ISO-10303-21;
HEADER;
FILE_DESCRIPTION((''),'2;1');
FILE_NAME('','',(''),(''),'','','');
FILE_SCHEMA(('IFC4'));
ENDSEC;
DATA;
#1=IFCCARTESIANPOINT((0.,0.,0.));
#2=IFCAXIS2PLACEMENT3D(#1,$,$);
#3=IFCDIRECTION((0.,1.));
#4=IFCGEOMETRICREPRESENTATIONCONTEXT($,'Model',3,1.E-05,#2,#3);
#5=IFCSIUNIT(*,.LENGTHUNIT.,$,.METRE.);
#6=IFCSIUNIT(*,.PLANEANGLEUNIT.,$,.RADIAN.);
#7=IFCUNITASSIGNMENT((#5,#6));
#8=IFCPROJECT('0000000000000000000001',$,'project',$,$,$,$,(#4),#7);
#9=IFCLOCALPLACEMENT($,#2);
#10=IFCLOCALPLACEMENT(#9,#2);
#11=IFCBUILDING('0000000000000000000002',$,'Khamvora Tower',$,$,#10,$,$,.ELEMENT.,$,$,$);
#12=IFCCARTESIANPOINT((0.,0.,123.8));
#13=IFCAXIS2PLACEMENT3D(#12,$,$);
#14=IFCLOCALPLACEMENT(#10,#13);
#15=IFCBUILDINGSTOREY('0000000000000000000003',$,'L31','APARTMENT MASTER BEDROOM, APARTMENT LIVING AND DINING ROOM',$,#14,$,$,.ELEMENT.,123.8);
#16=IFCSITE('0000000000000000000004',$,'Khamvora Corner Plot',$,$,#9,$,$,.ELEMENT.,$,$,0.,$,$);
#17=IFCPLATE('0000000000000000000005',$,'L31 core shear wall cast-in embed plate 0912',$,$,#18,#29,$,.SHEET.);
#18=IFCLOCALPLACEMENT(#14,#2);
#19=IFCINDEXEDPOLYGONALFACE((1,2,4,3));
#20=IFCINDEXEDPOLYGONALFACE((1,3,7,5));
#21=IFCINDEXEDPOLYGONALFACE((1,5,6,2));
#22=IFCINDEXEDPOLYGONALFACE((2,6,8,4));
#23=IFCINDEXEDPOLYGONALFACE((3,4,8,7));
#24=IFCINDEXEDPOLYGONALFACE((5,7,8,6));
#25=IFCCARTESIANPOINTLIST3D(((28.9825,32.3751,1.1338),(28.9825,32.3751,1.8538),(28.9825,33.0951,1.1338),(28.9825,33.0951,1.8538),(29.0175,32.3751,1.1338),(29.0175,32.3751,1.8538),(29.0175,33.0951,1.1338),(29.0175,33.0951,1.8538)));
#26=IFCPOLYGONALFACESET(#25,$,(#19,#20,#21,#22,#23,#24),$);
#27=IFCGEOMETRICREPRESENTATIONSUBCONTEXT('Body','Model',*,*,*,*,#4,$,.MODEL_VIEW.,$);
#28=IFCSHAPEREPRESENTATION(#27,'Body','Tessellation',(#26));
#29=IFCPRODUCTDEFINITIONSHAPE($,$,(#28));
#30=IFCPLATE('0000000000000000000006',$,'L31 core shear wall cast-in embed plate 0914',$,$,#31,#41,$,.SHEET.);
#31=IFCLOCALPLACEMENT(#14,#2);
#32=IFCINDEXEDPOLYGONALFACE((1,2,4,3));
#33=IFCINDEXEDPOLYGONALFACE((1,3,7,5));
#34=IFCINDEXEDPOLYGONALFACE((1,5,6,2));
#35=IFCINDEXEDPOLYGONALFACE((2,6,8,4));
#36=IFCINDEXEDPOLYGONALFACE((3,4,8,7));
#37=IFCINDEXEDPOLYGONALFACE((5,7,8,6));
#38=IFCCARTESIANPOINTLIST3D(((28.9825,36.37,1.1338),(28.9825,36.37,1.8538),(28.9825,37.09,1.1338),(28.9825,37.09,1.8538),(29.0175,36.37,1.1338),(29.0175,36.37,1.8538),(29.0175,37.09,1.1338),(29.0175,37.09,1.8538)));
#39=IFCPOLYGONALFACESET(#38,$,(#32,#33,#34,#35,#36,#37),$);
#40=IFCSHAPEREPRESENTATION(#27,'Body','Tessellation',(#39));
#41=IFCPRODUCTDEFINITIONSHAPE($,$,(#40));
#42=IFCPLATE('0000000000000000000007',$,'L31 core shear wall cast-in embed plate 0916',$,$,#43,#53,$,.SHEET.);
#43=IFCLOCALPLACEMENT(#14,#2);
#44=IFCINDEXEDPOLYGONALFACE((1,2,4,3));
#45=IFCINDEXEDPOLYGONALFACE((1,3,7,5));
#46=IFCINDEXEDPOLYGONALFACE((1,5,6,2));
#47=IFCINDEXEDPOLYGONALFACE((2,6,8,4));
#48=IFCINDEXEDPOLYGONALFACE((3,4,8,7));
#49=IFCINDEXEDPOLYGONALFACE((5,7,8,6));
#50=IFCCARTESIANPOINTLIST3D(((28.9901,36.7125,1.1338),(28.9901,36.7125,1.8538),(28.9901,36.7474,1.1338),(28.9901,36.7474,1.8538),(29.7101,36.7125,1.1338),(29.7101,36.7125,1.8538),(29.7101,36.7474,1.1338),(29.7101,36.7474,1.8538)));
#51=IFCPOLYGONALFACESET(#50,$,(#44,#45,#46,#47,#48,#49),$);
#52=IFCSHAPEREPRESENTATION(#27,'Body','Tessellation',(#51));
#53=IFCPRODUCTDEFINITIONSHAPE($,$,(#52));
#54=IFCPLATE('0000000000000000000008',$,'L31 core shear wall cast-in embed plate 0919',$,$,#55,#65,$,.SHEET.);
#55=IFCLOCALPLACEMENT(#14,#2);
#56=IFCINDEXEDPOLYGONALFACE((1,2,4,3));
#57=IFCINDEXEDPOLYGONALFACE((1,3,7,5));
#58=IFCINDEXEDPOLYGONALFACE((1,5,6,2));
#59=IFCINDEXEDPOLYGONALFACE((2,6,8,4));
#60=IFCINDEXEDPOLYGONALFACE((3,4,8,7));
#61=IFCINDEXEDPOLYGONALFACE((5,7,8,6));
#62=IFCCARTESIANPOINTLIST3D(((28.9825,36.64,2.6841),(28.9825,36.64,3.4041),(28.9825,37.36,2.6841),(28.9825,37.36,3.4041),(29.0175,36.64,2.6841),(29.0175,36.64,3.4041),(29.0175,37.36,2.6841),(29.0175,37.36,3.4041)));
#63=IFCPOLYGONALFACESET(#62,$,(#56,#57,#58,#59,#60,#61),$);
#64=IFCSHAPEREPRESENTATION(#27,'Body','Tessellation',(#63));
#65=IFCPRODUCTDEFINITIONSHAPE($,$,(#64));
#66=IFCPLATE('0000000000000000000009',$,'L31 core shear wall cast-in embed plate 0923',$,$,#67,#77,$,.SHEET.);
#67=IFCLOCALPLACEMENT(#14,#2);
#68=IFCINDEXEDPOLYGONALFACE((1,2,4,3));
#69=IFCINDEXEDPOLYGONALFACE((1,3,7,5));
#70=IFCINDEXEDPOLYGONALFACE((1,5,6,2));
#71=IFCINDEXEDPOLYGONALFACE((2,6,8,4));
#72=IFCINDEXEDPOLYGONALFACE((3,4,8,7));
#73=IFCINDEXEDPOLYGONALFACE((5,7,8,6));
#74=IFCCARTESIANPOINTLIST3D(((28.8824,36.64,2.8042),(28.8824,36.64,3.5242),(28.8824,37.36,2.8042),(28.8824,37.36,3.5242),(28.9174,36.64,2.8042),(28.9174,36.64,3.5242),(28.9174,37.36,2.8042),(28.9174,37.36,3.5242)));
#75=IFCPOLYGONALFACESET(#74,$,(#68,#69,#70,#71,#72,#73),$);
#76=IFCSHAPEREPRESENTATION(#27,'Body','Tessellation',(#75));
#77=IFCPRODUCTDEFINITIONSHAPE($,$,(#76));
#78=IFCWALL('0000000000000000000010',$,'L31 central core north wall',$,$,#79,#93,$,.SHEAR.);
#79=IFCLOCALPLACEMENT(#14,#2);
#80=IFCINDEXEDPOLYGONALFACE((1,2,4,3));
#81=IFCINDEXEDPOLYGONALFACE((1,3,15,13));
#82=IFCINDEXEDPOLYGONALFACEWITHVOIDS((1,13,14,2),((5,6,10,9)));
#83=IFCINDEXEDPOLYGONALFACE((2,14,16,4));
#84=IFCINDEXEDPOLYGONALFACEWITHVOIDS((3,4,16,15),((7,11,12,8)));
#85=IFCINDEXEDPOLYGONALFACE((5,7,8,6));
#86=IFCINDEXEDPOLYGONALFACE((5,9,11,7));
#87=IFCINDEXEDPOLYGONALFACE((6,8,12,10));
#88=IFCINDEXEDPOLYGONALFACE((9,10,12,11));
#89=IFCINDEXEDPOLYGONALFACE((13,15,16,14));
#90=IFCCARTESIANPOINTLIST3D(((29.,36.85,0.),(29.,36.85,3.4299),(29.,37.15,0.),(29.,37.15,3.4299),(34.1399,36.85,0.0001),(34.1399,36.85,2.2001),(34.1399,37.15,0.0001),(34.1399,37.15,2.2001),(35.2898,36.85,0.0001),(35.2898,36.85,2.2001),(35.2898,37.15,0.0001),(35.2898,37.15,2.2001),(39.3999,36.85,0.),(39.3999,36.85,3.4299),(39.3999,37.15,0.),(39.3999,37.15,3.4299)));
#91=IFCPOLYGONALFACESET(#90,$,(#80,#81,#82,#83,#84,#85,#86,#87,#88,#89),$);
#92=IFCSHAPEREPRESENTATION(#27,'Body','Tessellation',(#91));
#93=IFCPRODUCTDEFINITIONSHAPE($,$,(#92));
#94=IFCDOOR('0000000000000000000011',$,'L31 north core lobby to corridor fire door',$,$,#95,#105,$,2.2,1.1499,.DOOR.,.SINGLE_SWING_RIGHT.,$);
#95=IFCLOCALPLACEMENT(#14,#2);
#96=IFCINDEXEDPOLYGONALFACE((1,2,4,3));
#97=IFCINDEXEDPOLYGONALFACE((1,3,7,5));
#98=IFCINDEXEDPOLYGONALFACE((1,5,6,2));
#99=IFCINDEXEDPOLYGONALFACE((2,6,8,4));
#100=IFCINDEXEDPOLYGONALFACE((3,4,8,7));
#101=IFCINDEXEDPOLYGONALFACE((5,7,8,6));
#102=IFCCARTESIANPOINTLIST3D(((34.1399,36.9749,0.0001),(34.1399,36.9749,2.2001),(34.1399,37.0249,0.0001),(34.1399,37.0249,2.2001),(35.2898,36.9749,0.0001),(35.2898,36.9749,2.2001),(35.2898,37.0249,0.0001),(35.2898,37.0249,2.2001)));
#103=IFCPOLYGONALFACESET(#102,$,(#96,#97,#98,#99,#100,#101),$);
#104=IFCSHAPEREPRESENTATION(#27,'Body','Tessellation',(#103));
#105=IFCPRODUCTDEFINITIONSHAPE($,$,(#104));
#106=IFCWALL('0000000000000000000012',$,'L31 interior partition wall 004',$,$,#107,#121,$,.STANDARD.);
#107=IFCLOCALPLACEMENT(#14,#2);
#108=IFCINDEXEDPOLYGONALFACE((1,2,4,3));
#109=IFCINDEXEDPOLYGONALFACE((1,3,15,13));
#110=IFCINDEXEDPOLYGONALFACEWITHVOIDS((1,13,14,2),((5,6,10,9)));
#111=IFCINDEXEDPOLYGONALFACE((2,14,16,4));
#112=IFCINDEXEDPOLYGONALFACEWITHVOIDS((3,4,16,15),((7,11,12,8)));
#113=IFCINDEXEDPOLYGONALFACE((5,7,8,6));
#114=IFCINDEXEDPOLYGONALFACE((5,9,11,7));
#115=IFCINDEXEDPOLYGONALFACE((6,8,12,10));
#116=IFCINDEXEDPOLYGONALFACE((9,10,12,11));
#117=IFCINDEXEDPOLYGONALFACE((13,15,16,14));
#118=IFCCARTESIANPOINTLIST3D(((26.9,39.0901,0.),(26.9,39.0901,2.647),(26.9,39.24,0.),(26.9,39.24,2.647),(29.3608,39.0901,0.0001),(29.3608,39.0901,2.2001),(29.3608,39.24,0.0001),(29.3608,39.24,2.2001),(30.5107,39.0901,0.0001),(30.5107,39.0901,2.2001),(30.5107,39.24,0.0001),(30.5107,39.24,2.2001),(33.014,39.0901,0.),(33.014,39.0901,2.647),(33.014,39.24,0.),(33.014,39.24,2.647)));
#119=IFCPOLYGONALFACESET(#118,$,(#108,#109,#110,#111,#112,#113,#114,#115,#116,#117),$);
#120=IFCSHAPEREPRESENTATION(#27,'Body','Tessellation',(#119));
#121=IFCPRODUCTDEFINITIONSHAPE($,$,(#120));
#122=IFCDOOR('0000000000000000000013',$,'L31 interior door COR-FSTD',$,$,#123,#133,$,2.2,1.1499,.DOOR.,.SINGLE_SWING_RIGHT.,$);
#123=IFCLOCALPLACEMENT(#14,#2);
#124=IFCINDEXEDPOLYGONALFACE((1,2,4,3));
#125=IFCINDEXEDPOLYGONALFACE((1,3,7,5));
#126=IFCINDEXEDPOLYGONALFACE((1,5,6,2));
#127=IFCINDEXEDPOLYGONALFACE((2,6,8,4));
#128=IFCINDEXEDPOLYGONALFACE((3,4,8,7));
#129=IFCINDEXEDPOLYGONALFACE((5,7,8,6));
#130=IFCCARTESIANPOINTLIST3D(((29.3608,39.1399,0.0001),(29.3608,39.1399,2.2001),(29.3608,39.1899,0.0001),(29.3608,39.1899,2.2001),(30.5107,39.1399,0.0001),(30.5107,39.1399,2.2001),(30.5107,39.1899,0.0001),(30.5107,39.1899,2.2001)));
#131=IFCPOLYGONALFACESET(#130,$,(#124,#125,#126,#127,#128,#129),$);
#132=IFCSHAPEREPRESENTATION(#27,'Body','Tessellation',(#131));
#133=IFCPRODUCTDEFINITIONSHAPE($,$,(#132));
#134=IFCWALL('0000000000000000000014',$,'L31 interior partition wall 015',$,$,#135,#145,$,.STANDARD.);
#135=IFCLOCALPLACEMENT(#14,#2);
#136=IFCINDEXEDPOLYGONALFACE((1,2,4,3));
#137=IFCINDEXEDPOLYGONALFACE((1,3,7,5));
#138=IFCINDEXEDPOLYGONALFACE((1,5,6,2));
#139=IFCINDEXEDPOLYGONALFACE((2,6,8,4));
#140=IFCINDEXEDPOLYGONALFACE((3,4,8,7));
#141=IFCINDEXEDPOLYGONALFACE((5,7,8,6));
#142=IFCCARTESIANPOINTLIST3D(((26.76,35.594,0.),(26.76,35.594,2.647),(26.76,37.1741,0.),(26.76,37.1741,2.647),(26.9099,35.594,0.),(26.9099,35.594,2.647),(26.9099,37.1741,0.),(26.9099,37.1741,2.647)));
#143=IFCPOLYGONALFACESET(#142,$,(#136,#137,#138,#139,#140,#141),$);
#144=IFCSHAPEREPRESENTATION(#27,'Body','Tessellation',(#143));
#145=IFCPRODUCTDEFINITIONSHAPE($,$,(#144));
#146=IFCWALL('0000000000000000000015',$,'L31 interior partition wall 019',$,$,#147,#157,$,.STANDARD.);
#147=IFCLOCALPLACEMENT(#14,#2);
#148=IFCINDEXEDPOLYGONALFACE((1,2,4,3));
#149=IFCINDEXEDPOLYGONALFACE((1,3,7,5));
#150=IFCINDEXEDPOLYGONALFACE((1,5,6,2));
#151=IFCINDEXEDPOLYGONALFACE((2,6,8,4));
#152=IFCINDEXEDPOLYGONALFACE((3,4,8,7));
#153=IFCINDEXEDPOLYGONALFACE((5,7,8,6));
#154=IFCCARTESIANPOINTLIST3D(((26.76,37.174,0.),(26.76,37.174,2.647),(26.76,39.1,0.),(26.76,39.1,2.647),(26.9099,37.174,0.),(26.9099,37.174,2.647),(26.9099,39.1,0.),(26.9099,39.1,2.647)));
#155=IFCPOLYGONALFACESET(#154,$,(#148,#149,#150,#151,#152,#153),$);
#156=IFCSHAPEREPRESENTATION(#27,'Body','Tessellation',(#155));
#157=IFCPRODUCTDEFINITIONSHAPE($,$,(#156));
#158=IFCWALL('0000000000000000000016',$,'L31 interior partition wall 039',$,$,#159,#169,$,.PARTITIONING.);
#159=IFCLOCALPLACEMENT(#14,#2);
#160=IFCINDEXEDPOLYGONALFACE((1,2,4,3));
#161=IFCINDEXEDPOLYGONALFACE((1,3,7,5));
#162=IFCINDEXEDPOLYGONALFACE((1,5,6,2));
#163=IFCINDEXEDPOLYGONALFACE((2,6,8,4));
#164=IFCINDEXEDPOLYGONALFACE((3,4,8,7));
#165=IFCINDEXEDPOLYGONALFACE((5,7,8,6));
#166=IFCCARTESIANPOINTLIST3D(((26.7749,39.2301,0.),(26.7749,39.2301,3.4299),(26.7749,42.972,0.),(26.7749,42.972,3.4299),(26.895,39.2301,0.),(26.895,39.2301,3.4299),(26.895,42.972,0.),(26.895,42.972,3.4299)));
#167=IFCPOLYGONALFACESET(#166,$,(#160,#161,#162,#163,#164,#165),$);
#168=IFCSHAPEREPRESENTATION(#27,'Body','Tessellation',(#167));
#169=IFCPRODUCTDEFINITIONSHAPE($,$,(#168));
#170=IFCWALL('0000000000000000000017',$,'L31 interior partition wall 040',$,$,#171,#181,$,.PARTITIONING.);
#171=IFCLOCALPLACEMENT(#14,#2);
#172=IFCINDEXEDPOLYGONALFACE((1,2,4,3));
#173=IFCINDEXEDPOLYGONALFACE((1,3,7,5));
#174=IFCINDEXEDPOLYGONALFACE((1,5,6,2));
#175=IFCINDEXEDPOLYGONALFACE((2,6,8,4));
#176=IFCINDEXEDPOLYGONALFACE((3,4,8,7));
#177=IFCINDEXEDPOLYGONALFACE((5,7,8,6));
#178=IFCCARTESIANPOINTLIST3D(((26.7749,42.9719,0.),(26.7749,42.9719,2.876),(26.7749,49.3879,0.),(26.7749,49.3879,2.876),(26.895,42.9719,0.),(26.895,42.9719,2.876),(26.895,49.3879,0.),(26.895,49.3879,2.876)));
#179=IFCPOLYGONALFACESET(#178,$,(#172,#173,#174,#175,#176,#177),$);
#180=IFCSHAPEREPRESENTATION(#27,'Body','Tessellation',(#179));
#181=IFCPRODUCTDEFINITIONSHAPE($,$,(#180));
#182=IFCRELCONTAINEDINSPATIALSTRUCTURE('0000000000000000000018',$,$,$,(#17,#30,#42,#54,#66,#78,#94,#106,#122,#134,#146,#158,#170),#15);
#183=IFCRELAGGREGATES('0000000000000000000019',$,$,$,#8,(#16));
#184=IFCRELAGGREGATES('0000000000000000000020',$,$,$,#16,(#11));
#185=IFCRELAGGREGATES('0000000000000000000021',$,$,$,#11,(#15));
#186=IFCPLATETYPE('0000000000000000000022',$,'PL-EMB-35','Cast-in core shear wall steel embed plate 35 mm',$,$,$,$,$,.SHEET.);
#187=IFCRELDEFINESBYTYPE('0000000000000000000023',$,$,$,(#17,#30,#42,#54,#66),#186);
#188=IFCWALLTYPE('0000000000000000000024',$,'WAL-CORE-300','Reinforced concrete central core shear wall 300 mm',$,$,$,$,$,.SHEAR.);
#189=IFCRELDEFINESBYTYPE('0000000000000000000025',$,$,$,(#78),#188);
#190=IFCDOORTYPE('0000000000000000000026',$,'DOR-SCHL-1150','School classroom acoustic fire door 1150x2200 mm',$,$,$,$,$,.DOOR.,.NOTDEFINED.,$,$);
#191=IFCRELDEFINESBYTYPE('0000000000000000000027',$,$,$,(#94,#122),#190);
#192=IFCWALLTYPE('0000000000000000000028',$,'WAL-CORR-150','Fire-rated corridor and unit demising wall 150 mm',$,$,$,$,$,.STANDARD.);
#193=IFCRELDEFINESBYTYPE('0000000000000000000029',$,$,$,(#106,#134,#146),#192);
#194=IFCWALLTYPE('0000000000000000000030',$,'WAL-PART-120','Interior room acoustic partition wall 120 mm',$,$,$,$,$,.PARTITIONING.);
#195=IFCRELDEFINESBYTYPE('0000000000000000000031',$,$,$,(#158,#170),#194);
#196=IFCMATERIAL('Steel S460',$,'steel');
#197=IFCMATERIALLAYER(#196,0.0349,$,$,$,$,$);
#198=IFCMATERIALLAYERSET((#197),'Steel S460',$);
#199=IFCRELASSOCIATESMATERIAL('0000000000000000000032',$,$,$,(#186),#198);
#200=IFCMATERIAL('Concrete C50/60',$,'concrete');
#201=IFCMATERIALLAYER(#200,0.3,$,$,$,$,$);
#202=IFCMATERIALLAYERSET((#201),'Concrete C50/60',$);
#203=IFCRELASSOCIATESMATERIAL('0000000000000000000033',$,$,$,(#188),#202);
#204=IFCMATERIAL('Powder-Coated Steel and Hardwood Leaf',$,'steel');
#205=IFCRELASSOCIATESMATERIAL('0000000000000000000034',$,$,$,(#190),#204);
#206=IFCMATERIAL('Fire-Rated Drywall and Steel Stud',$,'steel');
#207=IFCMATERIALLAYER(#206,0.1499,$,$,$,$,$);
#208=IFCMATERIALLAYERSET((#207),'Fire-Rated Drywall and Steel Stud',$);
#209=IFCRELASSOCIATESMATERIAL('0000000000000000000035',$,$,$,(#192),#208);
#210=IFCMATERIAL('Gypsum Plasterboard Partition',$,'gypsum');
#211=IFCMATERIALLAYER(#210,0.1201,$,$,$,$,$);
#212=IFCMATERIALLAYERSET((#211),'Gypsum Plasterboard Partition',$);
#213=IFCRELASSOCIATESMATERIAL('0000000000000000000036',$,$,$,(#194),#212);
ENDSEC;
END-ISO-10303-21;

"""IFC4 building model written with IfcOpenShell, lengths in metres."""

from ifc_helpers import new_model, si_unit, direction, frame, frame_2d, origin, origin_2d, place, context, subcontext, project, spatial, rectangle, extrude, material, layer, layer_set, type_object, element, fill, save


model = new_model("IFC4")

# Units and contexts
model_context = context("Model", 3, precision=1e-05, world=origin(), true_north=direction((0.0, 1.0)))
body_context = subcontext(model_context, "Body", "Model", "MODEL_VIEW")
ifc_project = project(units=[si_unit("LENGTHUNIT", "METRE"), si_unit("PLANEANGLEUNIT", "RADIAN")], contexts=[model_context])

# Site, building, storey
site_placement = place(None, origin())
site = spatial("IfcSite", under=ifc_project, at=site_placement, Name="Khamvora Corner Plot", CompositionType="ELEMENT", RefElevation=0.0)
building_placement = place(site_placement, origin())
building = spatial("IfcBuilding", under=site, at=building_placement, Name="Khamvora Tower", CompositionType="ELEMENT")
storey_placement = place(building_placement, frame((0.0, 0.0, 123.8)))
storey = spatial("IfcBuildingStorey", under=building, at=storey_placement, Name="L31", Description="APARTMENT MASTER BEDROOM, APARTMENT LIVING AND DINING ROOM", CompositionType="ELEMENT", Elevation=123.8)

# Shared definitions
ifc_material_1 = material(Name="Steel S460", Category="steel")

# Plates
ifc_layer_1 = layer(ifc_material_1, 0.0349)
ifc_layer_set_1 = layer_set([ifc_layer_1], Name="Steel S460")
plate_type = type_object("IfcPlateType", Name="PL-EMB-35", Description="Cast-in core shear wall steel embed plate 35 mm", PredefinedType="SHEET", material=ifc_layer_set_1)
for number, where, z_axis, x_axis, name in (
    (1, (29.0, 32.7351, 1.1338), (0.0, 0.0, 1.0), (1.0, 0.0, 0.0), "L31 core shear wall cast-in embed plate 0912"),
    (2, (29.0, 36.73, 1.1338), (0.0, 0.0, 1.0), (1.0, 0.0, 0.0), "L31 core shear wall cast-in embed plate 0914"),
):
    element("IfcPlate", number, at=place(storey_placement, frame(where, z_axis=z_axis, x_axis=x_axis)), inside=storey, type_object=plate_type, Name=name, PredefinedType="SHEET", context=body_context, shape_type="SweptSolid", body=[
        extrude(rectangle(XDim=0.0349, YDim=0.72, at=origin_2d()), origin(), (0.0, 0.0, 1.0), 0.72),
    ])
plate_placement = place(storey_placement, frame((29.3501, 36.73, 1.1338), z_axis=(0.0, 0.0, 1.0), x_axis=(1.0, 0.0, 0.0)))
element("IfcPlate", 3, at=plate_placement, inside=storey, type_object=plate_type, Name="L31 core shear wall cast-in embed plate 0916", PredefinedType="SHEET", context=body_context, shape_type="SweptSolid", body=[
    extrude(rectangle(XDim=0.72, YDim=0.0349, at=origin_2d()), origin(), (0.0, 0.0, 1.0), 0.72),
])
for number, where, z_axis, x_axis, name in (
    (4, (29.0, 37.0, 2.6841), (0.0, 0.0, 1.0), (1.0, 0.0, 0.0), "L31 core shear wall cast-in embed plate 0919"),
    (5, (28.8999, 37.0, 2.8042), (0.0, 0.0, 1.0), (1.0, 0.0, 0.0), "L31 core shear wall cast-in embed plate 0923"),
):
    element("IfcPlate", number, at=place(storey_placement, frame(where, z_axis=z_axis, x_axis=x_axis)), inside=storey, type_object=plate_type, Name=name, PredefinedType="SHEET", context=body_context, shape_type="SweptSolid", body=[
        extrude(rectangle(XDim=0.0349, YDim=0.72, at=origin_2d()), origin(), (0.0, 0.0, 1.0), 0.72),
    ])

# Walls, openings, doors
ifc_material_2 = material(Name="Concrete C50/60", Category="concrete")
ifc_layer_2 = layer(ifc_material_2, 0.3)
ifc_layer_set_2 = layer_set([ifc_layer_2], Name="Concrete C50/60")
wall_type_1 = type_object("IfcWallType", Name="WAL-CORE-300", Description="Reinforced concrete central core shear wall 300 mm", PredefinedType="SHEAR", material=ifc_layer_set_2)
wall_1_placement = place(storey_placement, frame((29.0, 37.0, 0.0), z_axis=(0.0, 0.0, 1.0), x_axis=(1.0, 0.0, 0.0)))
wall_1 = element("IfcWall", 6, at=wall_1_placement, inside=storey, type_object=wall_type_1, Name="L31 central core north wall", PredefinedType="SHEAR", context=body_context, shape_type="SweptSolid", body=[
    extrude(rectangle(XDim=10.3999, YDim=0.3, at=frame_2d((5.2, 0.0))), origin(), (0.0, 0.0, 1.0), 3.4299),
])
opening_1_placement = place(wall_1_placement, frame((5.1399, 0.0, 0.0)))
opening_1 = element("IfcOpeningElement", 7, at=opening_1_placement, cuts=wall_1, PredefinedType="OPENING", context=body_context, shape_type="SweptSolid", body=[
    extrude(rectangle(XDim=1.1499, YDim=2.2, at=frame_2d((0.575, 1.1001))), frame((0.0, 0.1599, 0.0), z_axis=(0.0, -1.0, 0.0), x_axis=(1.0, 0.0, 0.0)), (0.0, 0.0, 1.0), 0.3201),
])
ifc_material_3 = material(Name="Powder-Coated Steel and Hardwood Leaf", Category="steel")
door_type = type_object("IfcDoorType", Name="DOR-SCHL-1150", Description="School classroom acoustic fire door 1150x2200 mm", OperationType="NOTDEFINED", PredefinedType="DOOR", material=ifc_material_3)
door_1_placement = place(opening_1_placement, origin())
door_1 = element("IfcDoor", 8, at=door_1_placement, inside=storey, type_object=door_type, Name="L31 north core lobby to corridor fire door", OperationType="SINGLE_SWING_RIGHT", OverallHeight=2.2, OverallWidth=1.1499, PredefinedType="DOOR", context=body_context, shape_type="SweptSolid", body=[
    extrude(rectangle(XDim=1.1499, YDim=2.2, at=frame_2d((0.575, 1.1001))), frame((0.0, 0.0249, 0.0), z_axis=(0.0, -1.0, 0.0), x_axis=(1.0, 0.0, 0.0)), (0.0, 0.0, 1.0), 0.05),
])
fill(opening_1, door_1)
ifc_material_4 = material(Name="Fire-Rated Drywall and Steel Stud", Category="steel")
ifc_layer_3 = layer(ifc_material_4, 0.1499)
ifc_layer_set_3 = layer_set([ifc_layer_3], Name="Fire-Rated Drywall and Steel Stud")
wall_type_2 = type_object("IfcWallType", Name="WAL-CORR-150", Description="Fire-rated corridor and unit demising wall 150 mm", PredefinedType="STANDARD", material=ifc_layer_set_3)
wall_2_placement = place(storey_placement, frame((26.8999, 39.165, 0.0), z_axis=(0.0, 0.0, 1.0), x_axis=(1.0, 0.0, 0.0)))
wall_2 = element("IfcWall", 9, at=wall_2_placement, inside=storey, type_object=wall_type_2, Name="L31 interior partition wall 004", PredefinedType="STANDARD", context=body_context, shape_type="SweptSolid", body=[
    extrude(rectangle(XDim=6.114, YDim=0.1499, at=frame_2d((3.0571, 0.0))), origin(), (0.0, 0.0, 1.0), 2.647),
])
opening_2_placement = place(wall_2_placement, frame((2.4609, 0.0, 0.0)))
opening_2 = element("IfcOpeningElement", 10, at=opening_2_placement, cuts=wall_2, PredefinedType="OPENING", context=body_context, shape_type="SweptSolid", body=[
    extrude(rectangle(XDim=1.1499, YDim=2.2, at=frame_2d((0.575, 1.1001))), frame((0.0, 0.085, 0.0), z_axis=(0.0, -1.0, 0.0), x_axis=(1.0, 0.0, 0.0)), (0.0, 0.0, 1.0), 0.1699),
])
door_2_placement = place(opening_2_placement, origin())
door_2 = element("IfcDoor", 11, at=door_2_placement, inside=storey, type_object=door_type, Name="L31 interior door COR-FSTD", OperationType="SINGLE_SWING_RIGHT", OverallHeight=2.2, OverallWidth=1.1499, PredefinedType="DOOR", context=body_context, shape_type="SweptSolid", body=[
    extrude(rectangle(XDim=1.1499, YDim=2.2, at=frame_2d((0.575, 1.1001))), frame((0.0, 0.0249, 0.0), z_axis=(0.0, -1.0, 0.0), x_axis=(1.0, 0.0, 0.0)), (0.0, 0.0, 1.0), 0.05),
])
fill(opening_2, door_2)

# Walls
wall_3_placement = place(storey_placement, frame((26.835, 35.594, 0.0), z_axis=(0.0, 0.0, 1.0), x_axis=(0.0, 1.0, 0.0)))
element("IfcWall", 12, at=wall_3_placement, inside=storey, type_object=wall_type_2, Name="L31 interior partition wall 015", PredefinedType="STANDARD", context=body_context, shape_type="SweptSolid", body=[
    extrude(rectangle(XDim=1.5801, YDim=0.1499, at=frame_2d((0.79, 0.0))), origin(), (0.0, 0.0, 1.0), 2.647),
])
wall_4_placement = place(storey_placement, frame((26.835, 37.1741, 0.0), z_axis=(0.0, 0.0, 1.0), x_axis=(0.0, 1.0, 0.0)))
element("IfcWall", 13, at=wall_4_placement, inside=storey, type_object=wall_type_2, Name="L31 interior partition wall 019", PredefinedType="STANDARD", context=body_context, shape_type="SweptSolid", body=[
    extrude(rectangle(XDim=1.926, YDim=0.1499, at=frame_2d((0.9629, 0.0))), origin(), (0.0, 0.0, 1.0), 2.647),
])
ifc_material_5 = material(Name="Gypsum Plasterboard Partition", Category="gypsum")
ifc_layer_4 = layer(ifc_material_5, 0.1201)
ifc_layer_set_4 = layer_set([ifc_layer_4], Name="Gypsum Plasterboard Partition")
wall_type_3 = type_object("IfcWallType", Name="WAL-PART-120", Description="Interior room acoustic partition wall 120 mm", PredefinedType="PARTITIONING", material=ifc_layer_set_4)
wall_5_placement = place(storey_placement, frame((26.835, 39.23, 0.0), z_axis=(0.0, 0.0, 1.0), x_axis=(0.0, 1.0, 0.0)))
element("IfcWall", 14, at=wall_5_placement, inside=storey, type_object=wall_type_3, Name="L31 interior partition wall 039", PredefinedType="PARTITIONING", context=body_context, shape_type="SweptSolid", body=[
    extrude(rectangle(XDim=3.7419, YDim=0.1201, at=frame_2d((1.8711, 0.0))), origin(), (0.0, 0.0, 1.0), 3.4299),
])
wall_6_placement = place(storey_placement, frame((26.835, 42.9719, 0.0), z_axis=(0.0, 0.0, 1.0), x_axis=(0.0, 1.0, 0.0)))
element("IfcWall", 15, at=wall_6_placement, inside=storey, type_object=wall_type_3, Name="L31 interior partition wall 040", PredefinedType="PARTITIONING", context=body_context, shape_type="SweptSolid", body=[
    extrude(rectangle(XDim=6.416, YDim=0.1201, at=frame_2d((3.208, 0.0))), origin(), (0.0, 0.0, 1.0), 2.876),
])

save(model, "model.ifc")
